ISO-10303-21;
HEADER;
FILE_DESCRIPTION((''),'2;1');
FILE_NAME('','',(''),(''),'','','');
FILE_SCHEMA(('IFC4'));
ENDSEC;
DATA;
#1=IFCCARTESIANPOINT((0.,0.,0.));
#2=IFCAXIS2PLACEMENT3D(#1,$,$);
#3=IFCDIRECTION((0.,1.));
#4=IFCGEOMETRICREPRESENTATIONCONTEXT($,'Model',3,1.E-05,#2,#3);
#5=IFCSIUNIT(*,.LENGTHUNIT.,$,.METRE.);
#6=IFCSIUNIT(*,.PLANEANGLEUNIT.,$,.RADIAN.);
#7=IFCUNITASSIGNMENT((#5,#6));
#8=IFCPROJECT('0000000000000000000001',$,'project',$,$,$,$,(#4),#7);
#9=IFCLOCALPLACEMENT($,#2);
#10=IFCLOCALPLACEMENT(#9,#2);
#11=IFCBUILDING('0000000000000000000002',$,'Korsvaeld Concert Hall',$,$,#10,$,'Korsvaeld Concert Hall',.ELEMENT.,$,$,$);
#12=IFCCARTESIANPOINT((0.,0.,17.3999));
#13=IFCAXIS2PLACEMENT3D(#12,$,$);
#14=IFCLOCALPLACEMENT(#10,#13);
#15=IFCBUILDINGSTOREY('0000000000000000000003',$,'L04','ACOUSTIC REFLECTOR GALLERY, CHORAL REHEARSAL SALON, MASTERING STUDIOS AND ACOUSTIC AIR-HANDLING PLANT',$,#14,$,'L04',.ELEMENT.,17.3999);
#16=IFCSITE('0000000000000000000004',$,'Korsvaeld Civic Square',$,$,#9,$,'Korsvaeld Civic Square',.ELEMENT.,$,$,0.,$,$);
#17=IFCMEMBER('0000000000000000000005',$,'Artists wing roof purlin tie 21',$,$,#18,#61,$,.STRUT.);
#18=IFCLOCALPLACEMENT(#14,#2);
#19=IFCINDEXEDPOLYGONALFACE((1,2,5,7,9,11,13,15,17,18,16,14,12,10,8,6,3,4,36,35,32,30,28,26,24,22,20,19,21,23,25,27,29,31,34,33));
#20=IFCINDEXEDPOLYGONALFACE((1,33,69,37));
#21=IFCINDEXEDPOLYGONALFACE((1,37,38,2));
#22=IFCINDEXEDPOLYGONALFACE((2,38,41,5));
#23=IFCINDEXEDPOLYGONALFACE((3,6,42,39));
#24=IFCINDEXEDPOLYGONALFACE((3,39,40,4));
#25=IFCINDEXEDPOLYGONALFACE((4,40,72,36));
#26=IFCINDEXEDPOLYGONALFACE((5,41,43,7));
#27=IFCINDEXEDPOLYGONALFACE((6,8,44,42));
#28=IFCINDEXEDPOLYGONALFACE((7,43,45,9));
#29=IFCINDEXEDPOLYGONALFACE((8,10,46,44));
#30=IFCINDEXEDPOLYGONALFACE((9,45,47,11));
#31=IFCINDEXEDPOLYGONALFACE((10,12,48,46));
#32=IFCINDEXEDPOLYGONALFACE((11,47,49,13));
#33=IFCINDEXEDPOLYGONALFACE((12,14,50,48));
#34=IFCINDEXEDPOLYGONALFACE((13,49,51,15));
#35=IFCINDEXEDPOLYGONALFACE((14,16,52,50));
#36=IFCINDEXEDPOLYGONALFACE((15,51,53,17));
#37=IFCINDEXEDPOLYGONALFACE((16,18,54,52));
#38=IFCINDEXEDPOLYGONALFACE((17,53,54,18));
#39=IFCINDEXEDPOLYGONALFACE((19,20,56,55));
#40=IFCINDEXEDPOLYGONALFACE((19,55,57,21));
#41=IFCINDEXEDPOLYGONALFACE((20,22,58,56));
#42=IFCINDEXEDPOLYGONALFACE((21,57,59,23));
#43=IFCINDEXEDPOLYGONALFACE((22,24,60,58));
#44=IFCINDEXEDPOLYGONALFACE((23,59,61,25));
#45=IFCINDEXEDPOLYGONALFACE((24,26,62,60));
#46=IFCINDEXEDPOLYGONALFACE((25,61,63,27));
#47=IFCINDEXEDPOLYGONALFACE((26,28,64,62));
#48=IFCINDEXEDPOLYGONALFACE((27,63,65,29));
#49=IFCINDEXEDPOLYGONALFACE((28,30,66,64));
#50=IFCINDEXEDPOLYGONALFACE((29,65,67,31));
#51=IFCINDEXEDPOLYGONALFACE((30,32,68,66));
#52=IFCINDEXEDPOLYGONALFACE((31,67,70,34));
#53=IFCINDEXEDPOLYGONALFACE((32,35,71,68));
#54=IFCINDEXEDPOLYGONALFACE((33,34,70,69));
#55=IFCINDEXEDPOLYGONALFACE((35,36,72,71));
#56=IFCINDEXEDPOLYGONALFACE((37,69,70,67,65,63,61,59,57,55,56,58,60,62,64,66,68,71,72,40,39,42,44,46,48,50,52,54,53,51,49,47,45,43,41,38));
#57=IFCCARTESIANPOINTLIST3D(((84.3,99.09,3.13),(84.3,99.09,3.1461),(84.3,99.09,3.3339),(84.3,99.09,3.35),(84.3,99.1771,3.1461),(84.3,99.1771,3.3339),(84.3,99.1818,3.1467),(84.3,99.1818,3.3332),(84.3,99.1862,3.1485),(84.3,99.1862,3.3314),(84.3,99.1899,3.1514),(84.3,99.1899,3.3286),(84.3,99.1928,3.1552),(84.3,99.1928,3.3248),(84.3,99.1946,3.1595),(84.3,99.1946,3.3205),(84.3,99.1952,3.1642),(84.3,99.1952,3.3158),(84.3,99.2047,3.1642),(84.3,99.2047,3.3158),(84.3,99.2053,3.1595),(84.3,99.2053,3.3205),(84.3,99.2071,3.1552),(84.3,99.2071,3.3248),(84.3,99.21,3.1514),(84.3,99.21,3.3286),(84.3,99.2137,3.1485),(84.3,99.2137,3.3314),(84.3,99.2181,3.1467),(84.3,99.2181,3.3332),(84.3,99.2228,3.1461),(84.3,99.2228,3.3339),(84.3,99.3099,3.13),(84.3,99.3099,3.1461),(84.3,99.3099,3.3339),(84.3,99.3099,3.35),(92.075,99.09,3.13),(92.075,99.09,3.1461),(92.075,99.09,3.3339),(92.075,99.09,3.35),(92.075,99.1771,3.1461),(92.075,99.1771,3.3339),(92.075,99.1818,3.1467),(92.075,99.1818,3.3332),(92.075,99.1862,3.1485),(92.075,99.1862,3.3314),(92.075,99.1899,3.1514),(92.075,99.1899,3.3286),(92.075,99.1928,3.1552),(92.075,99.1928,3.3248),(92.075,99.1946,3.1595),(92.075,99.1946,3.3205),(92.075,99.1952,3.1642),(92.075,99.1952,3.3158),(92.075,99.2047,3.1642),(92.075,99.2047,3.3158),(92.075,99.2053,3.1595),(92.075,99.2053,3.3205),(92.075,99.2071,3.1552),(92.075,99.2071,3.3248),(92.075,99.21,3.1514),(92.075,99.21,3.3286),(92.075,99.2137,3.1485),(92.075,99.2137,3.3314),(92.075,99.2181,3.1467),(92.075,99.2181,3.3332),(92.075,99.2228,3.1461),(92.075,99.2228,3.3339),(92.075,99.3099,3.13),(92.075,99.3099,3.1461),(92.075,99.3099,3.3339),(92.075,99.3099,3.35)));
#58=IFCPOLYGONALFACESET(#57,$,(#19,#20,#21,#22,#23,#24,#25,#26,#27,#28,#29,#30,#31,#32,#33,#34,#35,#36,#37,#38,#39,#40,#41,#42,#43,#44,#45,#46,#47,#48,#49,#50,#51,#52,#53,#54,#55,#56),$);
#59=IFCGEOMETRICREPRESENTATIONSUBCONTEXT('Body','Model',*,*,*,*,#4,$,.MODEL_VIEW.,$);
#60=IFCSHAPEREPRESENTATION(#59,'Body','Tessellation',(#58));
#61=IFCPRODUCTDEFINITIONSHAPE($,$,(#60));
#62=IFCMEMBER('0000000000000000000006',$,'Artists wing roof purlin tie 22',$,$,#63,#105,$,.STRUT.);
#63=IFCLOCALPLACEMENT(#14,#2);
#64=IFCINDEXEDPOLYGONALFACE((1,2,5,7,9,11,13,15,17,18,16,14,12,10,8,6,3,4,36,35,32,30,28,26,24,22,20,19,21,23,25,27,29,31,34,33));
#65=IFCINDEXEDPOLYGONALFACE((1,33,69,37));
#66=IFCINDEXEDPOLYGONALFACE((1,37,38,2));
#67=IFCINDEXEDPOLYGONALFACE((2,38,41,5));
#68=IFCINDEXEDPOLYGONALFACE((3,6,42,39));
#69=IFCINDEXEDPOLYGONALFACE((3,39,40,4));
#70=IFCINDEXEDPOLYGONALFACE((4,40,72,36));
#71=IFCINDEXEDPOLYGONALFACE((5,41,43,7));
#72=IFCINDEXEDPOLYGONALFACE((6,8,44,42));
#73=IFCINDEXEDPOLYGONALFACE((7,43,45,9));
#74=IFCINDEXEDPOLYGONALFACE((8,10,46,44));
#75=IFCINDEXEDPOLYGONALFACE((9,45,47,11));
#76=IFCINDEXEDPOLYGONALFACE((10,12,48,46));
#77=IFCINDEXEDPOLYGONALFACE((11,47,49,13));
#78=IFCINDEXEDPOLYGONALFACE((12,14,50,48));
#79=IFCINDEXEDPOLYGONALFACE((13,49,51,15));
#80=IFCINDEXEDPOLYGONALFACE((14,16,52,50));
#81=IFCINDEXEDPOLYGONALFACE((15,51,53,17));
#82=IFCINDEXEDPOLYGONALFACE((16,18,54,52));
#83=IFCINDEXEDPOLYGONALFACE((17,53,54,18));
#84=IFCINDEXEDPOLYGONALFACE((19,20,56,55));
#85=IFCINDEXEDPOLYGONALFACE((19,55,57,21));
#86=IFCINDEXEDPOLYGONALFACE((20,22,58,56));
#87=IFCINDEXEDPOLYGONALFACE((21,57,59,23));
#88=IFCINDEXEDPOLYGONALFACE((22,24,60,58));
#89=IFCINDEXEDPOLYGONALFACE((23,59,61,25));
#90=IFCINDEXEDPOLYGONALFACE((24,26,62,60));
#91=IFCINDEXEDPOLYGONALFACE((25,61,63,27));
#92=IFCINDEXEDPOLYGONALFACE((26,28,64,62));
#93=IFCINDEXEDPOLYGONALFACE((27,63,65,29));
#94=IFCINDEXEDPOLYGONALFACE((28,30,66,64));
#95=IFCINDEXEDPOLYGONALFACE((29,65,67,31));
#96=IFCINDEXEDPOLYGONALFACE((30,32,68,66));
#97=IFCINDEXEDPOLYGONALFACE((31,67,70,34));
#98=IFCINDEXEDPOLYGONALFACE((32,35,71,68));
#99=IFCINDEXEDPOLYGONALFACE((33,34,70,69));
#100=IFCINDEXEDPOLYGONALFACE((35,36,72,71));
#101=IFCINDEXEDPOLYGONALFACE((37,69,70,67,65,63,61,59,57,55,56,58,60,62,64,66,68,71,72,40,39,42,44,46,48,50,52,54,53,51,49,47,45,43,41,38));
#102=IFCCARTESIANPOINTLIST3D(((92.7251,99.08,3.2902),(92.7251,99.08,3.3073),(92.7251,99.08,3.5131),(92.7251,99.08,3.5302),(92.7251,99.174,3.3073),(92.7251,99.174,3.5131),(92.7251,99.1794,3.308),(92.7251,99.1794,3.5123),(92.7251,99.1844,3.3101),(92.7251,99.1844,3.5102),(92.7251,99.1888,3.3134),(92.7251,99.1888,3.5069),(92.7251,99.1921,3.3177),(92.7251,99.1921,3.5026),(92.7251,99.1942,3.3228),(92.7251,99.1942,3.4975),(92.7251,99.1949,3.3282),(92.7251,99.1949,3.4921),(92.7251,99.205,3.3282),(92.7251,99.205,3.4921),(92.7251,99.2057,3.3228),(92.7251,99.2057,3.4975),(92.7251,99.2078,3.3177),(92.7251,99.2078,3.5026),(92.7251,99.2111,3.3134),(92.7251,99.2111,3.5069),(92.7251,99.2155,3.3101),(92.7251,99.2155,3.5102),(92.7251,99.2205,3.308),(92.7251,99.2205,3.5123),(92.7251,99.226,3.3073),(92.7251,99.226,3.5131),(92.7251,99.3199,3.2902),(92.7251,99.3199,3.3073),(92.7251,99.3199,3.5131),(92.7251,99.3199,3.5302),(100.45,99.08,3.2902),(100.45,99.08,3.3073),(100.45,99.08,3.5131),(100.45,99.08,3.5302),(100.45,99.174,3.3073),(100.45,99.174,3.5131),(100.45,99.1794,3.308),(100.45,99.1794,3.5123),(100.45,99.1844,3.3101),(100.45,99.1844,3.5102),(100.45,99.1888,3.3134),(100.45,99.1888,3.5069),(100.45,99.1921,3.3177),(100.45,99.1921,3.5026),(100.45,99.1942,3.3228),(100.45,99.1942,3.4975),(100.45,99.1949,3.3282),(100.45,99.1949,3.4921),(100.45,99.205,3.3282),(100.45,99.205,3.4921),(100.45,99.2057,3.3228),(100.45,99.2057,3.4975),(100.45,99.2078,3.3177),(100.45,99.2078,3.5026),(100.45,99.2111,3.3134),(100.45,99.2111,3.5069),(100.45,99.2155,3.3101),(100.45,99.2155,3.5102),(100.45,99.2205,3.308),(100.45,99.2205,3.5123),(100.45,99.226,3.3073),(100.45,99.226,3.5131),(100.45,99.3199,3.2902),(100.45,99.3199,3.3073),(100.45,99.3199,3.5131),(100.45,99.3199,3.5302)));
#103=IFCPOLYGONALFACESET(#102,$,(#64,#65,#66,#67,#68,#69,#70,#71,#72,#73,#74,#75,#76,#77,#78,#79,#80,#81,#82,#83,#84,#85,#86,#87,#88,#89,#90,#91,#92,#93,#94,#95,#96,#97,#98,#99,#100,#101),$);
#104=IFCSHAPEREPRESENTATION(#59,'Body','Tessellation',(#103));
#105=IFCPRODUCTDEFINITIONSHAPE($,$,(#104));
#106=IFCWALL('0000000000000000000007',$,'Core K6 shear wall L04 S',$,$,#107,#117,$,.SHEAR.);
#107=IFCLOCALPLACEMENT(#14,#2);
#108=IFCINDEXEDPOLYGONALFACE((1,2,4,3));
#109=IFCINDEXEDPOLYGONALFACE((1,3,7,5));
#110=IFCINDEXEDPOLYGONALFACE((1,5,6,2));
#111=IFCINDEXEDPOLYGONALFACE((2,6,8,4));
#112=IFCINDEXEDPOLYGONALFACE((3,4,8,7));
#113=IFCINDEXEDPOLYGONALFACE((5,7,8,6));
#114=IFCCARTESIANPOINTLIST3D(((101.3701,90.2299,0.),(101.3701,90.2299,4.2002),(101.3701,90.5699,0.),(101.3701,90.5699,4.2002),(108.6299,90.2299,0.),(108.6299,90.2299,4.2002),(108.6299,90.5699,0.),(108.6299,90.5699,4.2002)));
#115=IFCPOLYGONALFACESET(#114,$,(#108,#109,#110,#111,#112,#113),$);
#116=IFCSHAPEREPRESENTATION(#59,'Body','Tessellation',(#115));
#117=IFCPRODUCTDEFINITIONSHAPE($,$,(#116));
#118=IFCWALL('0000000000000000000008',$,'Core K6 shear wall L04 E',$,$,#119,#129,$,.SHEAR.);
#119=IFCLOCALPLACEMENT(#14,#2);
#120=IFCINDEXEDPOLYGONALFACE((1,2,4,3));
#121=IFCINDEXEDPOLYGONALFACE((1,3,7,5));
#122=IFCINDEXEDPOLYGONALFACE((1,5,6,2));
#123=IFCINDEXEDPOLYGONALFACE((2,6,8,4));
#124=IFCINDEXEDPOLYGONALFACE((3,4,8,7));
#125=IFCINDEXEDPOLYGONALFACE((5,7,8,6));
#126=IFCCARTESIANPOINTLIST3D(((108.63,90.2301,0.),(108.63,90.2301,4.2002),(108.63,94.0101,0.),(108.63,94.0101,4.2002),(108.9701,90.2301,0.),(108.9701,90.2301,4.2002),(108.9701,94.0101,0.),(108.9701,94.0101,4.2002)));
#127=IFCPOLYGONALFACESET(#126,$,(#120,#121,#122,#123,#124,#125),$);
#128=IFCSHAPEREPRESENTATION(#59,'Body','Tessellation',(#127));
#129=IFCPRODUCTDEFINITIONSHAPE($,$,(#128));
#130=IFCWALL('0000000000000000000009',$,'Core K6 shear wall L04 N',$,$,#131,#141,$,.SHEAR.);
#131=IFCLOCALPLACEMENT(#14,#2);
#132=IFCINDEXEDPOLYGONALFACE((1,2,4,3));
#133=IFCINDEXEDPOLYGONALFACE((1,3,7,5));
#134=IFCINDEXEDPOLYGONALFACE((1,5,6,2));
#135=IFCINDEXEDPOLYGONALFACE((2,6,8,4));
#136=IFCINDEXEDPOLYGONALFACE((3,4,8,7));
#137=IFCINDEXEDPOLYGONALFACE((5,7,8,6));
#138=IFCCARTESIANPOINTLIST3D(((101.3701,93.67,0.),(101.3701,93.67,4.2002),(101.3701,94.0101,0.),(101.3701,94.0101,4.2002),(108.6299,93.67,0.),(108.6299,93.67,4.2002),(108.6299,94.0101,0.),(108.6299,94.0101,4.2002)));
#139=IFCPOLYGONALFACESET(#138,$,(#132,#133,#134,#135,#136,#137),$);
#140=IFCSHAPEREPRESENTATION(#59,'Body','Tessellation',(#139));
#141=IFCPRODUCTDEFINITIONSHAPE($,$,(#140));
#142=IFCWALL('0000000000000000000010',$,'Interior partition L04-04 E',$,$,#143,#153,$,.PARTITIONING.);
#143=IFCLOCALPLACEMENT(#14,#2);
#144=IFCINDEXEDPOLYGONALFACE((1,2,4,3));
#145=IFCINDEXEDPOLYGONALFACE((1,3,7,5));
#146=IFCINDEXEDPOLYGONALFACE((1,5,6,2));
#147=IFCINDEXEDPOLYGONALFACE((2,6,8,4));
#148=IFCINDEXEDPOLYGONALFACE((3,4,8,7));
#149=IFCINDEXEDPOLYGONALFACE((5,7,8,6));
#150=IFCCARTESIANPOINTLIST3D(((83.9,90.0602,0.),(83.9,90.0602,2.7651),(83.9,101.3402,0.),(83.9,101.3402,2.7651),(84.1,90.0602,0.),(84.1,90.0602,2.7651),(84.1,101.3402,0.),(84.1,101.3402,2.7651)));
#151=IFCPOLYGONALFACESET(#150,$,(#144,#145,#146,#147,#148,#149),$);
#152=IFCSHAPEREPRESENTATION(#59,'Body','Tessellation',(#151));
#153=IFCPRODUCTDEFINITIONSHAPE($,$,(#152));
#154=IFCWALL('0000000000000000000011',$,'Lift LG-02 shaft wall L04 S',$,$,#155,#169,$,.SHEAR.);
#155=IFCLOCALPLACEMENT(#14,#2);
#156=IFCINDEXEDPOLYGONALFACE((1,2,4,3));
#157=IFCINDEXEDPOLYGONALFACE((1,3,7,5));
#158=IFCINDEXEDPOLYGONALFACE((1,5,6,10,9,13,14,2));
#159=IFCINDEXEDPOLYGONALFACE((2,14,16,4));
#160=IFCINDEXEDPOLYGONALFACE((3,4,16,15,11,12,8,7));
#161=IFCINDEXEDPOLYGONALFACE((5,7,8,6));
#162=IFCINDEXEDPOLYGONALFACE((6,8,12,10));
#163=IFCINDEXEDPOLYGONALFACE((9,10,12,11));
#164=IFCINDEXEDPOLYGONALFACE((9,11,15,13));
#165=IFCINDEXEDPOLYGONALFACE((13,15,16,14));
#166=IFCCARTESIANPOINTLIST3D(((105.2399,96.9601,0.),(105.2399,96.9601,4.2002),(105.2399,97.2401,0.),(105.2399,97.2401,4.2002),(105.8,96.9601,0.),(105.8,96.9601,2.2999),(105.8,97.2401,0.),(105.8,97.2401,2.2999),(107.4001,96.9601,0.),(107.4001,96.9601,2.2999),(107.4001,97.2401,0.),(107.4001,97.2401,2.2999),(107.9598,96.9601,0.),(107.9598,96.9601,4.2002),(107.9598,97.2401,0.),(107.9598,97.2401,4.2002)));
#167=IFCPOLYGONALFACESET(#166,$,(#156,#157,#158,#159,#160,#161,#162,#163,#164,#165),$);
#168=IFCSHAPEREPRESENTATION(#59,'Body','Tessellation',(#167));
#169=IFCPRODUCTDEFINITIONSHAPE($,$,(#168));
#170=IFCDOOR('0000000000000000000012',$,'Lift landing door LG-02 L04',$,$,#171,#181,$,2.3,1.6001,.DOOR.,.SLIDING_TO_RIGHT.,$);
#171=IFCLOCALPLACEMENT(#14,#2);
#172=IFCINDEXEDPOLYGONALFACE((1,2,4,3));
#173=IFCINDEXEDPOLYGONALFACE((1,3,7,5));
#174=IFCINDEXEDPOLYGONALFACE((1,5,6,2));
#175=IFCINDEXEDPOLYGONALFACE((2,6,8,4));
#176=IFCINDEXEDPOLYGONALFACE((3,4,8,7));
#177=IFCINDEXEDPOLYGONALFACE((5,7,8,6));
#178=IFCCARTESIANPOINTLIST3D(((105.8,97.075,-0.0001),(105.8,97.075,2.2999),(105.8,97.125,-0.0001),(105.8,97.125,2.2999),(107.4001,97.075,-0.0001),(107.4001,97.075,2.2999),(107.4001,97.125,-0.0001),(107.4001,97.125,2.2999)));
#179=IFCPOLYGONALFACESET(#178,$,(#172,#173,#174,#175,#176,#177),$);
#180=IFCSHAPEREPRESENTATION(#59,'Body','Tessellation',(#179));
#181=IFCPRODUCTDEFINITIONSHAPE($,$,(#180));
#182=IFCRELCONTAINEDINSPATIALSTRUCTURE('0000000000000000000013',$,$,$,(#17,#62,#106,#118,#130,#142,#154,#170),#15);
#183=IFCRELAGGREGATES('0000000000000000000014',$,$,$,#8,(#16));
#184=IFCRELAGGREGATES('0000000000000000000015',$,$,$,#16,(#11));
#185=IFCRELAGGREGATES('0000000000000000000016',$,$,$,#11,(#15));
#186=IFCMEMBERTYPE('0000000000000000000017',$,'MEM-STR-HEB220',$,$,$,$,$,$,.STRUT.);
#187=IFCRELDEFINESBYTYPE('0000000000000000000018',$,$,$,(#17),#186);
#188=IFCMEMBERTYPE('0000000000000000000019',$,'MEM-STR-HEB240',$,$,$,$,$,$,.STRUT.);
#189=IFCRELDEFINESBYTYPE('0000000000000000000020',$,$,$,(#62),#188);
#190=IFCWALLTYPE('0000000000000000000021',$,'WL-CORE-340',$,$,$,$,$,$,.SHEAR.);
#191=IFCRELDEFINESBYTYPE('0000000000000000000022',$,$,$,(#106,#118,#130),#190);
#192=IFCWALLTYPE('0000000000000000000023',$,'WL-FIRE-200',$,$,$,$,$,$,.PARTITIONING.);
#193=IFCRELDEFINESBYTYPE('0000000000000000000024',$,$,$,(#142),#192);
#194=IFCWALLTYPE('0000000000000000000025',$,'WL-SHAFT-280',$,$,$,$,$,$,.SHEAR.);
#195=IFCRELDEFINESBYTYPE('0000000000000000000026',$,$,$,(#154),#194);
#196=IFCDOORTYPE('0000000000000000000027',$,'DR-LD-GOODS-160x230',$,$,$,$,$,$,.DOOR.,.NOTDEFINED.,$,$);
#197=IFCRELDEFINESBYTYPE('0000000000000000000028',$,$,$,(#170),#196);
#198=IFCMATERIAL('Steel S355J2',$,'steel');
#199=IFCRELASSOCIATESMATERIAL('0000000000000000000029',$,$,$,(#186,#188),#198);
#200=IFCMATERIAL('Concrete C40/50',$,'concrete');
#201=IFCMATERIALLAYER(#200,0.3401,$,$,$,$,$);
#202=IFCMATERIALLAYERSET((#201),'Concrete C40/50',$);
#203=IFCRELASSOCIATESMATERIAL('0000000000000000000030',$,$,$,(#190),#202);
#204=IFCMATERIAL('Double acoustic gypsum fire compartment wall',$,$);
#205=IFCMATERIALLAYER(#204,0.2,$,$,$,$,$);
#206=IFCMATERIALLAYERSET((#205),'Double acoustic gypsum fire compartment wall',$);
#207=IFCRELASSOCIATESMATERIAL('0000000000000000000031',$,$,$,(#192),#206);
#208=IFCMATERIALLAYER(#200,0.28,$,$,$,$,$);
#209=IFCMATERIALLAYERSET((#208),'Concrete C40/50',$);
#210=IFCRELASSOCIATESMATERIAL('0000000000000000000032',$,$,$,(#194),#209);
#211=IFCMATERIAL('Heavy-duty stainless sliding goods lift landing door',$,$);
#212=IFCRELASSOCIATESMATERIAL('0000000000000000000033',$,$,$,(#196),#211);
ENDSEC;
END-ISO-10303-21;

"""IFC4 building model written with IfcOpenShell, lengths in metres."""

from ifc_helpers import new_model, si_unit, direction, frame, frame_2d, origin, origin_2d, place, context, subcontext, project, spatial, rectangle, i_section, extrude, material, layer, layer_set, material_profile, profile_set, type_object, element, fill, save


model = new_model("IFC4")

# Units and contexts
model_context = context("Model", 3, precision=1e-05, world=origin(), true_north=direction((0.0, 1.0)))
body_context = subcontext(model_context, "Body", "Model", "MODEL_VIEW")
ifc_project = project(units=[si_unit("LENGTHUNIT", "METRE"), si_unit("PLANEANGLEUNIT", "RADIAN")], contexts=[model_context])

# Site, building, storey
site_placement = place(None, origin())
site = spatial("IfcSite", under=ifc_project, at=site_placement, Name="Korsvaeld Civic Square", LongName="Korsvaeld Civic Square", CompositionType="ELEMENT", RefElevation=0.0)
building_placement = place(site_placement, origin())
building = spatial("IfcBuilding", under=site, at=building_placement, Name="Korsvaeld Concert Hall", LongName="Korsvaeld Concert Hall", CompositionType="ELEMENT")
storey_placement = place(building_placement, frame((0.0, 0.0, 17.3999)))
storey = spatial("IfcBuildingStorey", under=building, at=storey_placement, Name="L04", Description="ACOUSTIC REFLECTOR GALLERY, CHORAL REHEARSAL SALON, MASTERING STUDIOS AND ACOUSTIC AIR-HANDLING PLANT", LongName="L04", CompositionType="ELEMENT", Elevation=17.3999)

# Shared definitions
ifc_material_1 = material(Name="Concrete C40/50", Category="concrete")

# Shared definitions
ifc_material_2 = material(Name="Steel S355J2", Category="steel")

# Members
ifc_material_profile_1 = material_profile(ifc_material_2, i_section(OverallWidth=0.22, OverallDepth=0.22, WebThickness=0.0095, FlangeThickness=0.0161, FilletRadius=0.0181, at=origin_2d()), Name="HEB 220")
ifc_profile_set_1 = profile_set([ifc_material_profile_1], Name="Steel S355J2")
member_type_1 = type_object("IfcMemberType", Name="MEM-STR-HEB220", PredefinedType="STRUT", material=ifc_profile_set_1)
member_1_placement = place(storey_placement, frame((84.3, 99.2, 3.24), z_axis=(1.0, 0.0, 0.0), x_axis=(0.0, 1.0, 0.0)))
element("IfcMember", 1, at=member_1_placement, inside=storey, type_object=member_type_1, Name="Artists wing roof purlin tie 21", PredefinedType="STRUT", context=body_context, shape_type="SweptSolid", body=[
    extrude(i_section(OverallWidth=0.22, OverallDepth=0.22, WebThickness=0.0095, FlangeThickness=0.0161, FilletRadius=0.0181, at=origin_2d()), origin(), (0.0, 0.0, 1.0), 7.7749),
])
ifc_material_profile_2 = material_profile(ifc_material_2, i_section(OverallWidth=0.24, OverallDepth=0.24, WebThickness=0.01, FlangeThickness=0.0171, FilletRadius=0.021, at=origin_2d()), Name="HEB 240")
ifc_profile_set_2 = profile_set([ifc_material_profile_2], Name="Steel S355J2")
member_type_2 = type_object("IfcMemberType", Name="MEM-STR-HEB240", PredefinedType="STRUT", material=ifc_profile_set_2)
member_2_placement = place(storey_placement, frame((92.7251, 99.2, 3.4102), z_axis=(1.0, 0.0, 0.0), x_axis=(0.0, 1.0, 0.0)))
element("IfcMember", 2, at=member_2_placement, inside=storey, type_object=member_type_2, Name="Artists wing roof purlin tie 22", PredefinedType="STRUT", context=body_context, shape_type="SweptSolid", body=[
    extrude(i_section(OverallWidth=0.24, OverallDepth=0.24, WebThickness=0.01, FlangeThickness=0.0171, FilletRadius=0.021, at=origin_2d()), origin(), (0.0, 0.0, 1.0), 7.7249),
])

# Walls
ifc_layer_1 = layer(ifc_material_1, 0.3401)
ifc_layer_set_1 = layer_set([ifc_layer_1], Name="Concrete C40/50")
wall_type_1 = type_object("IfcWallType", Name="WL-CORE-340", PredefinedType="SHEAR", material=ifc_layer_set_1)
wall_1_placement = place(storey_placement, frame((101.3701, 90.3999, 0.0), z_axis=(0.0, 0.0, 1.0), x_axis=(1.0, 0.0, 0.0)))
element("IfcWall", 3, at=wall_1_placement, inside=storey, type_object=wall_type_1, Name="Core K6 shear wall L04 S", PredefinedType="SHEAR", context=body_context, shape_type="SweptSolid", body=[
    extrude(rectangle(XDim=7.2598, YDim=0.3401, at=frame_2d((3.6299, 0.0))), origin(), (0.0, 0.0, 1.0), 4.2002),
])
wall_2_placement = place(storey_placement, frame((108.8, 90.23, 0.0), z_axis=(0.0, 0.0, 1.0), x_axis=(0.0, 1.0, 0.0)))
element("IfcWall", 4, at=wall_2_placement, inside=storey, type_object=wall_type_1, Name="Core K6 shear wall L04 E", PredefinedType="SHEAR", context=body_context, shape_type="SweptSolid", body=[
    extrude(rectangle(XDim=3.78, YDim=0.3401, at=frame_2d((1.8901, 0.0))), origin(), (0.0, 0.0, 1.0), 4.2002),
])
wall_3_placement = place(storey_placement, frame((108.6299, 93.8401, 0.0), z_axis=(0.0, 0.0, 1.0), x_axis=(-1.0, 0.0, 0.0)))
element("IfcWall", 5, at=wall_3_placement, inside=storey, type_object=wall_type_1, Name="Core K6 shear wall L04 N", PredefinedType="SHEAR", context=body_context, shape_type="SweptSolid", body=[
    extrude(rectangle(XDim=7.2598, YDim=0.3401, at=frame_2d((3.6299, 0.0))), origin(), (0.0, 0.0, 1.0), 4.2002),
])

# Wall
ifc_material_3 = material(Name="Double acoustic gypsum fire compartment wall")
ifc_layer_2 = layer(ifc_material_3, 0.2)
ifc_layer_set_2 = layer_set([ifc_layer_2], Name="Double acoustic gypsum fire compartment wall")
wall_type_2 = type_object("IfcWallType", Name="WL-FIRE-200", PredefinedType="PARTITIONING", material=ifc_layer_set_2)
wall_4_placement = place(storey_placement, frame((84.0, 90.0601, 0.0), z_axis=(0.0, 0.0, 1.0), x_axis=(0.0, 1.0, 0.0)))
element("IfcWall", 6, at=wall_4_placement, inside=storey, type_object=wall_type_2, Name="Interior partition L04-04 E", PredefinedType="PARTITIONING", context=body_context, shape_type="SweptSolid", body=[
    extrude(rectangle(XDim=11.28, YDim=0.2, at=frame_2d((5.6401, 0.0))), origin(), (0.0, 0.0, 1.0), 2.7651),
])

# Wall, opening, door
ifc_layer_3 = layer(ifc_material_1, 0.28)
ifc_layer_set_3 = layer_set([ifc_layer_3], Name="Concrete C40/50")
wall_type_3 = type_object("IfcWallType", Name="WL-SHAFT-280", PredefinedType="SHEAR", material=ifc_layer_set_3)
wall_5_placement = place(storey_placement, frame((105.24, 97.1001, 0.0), z_axis=(0.0, 0.0, 1.0), x_axis=(1.0, 0.0, 0.0)))
wall_5 = element("IfcWall", 7, at=wall_5_placement, inside=storey, type_object=wall_type_3, Name="Lift LG-02 shaft wall L04 S", PredefinedType="SHEAR", context=body_context, shape_type="SweptSolid", body=[
    extrude(rectangle(XDim=2.72, YDim=0.28, at=frame_2d((1.3599, 0.0))), origin(), (0.0, 0.0, 1.0), 4.2002),
])
opening_1_placement = place(wall_5_placement, frame((0.5601, 0.0, 0.0)))
opening_1 = element("IfcOpeningElement", 8, at=opening_1_placement, cuts=wall_5, PredefinedType="OPENING", context=body_context, shape_type="SweptSolid", body=[
    extrude(rectangle(XDim=1.6001, YDim=2.3, at=frame_2d((0.8, 1.1499))), frame((0.0, 0.1499, 0.0), z_axis=(0.0, -1.0, 0.0), x_axis=(1.0, 0.0, 0.0)), (0.0, 0.0, 1.0), 0.3),
])
ifc_material_4 = material(Name="Heavy-duty stainless sliding goods lift landing door")
door_type_1 = type_object("IfcDoorType", Name="DR-LD-GOODS-160x230", OperationType="NOTDEFINED", PredefinedType="DOOR", material=ifc_material_4)
door_1_placement = place(opening_1_placement, origin())
door_1 = element("IfcDoor", 9, at=door_1_placement, inside=storey, type_object=door_type_1, Name="Lift landing door LG-02 L04", OperationType="SLIDING_TO_RIGHT", OverallHeight=2.3, OverallWidth=1.6001, PredefinedType="DOOR", context=body_context, shape_type="SweptSolid", body=[
    extrude(rectangle(XDim=1.6001, YDim=2.3, at=frame_2d((0.8, 1.1499))), frame((0.0, 0.0249, 0.0), z_axis=(0.0, -1.0, 0.0), x_axis=(1.0, 0.0, 0.0)), (0.0, 0.0, 1.0), 0.05),
])
fill(opening_1, door_1)

save(model, "model.ifc")
